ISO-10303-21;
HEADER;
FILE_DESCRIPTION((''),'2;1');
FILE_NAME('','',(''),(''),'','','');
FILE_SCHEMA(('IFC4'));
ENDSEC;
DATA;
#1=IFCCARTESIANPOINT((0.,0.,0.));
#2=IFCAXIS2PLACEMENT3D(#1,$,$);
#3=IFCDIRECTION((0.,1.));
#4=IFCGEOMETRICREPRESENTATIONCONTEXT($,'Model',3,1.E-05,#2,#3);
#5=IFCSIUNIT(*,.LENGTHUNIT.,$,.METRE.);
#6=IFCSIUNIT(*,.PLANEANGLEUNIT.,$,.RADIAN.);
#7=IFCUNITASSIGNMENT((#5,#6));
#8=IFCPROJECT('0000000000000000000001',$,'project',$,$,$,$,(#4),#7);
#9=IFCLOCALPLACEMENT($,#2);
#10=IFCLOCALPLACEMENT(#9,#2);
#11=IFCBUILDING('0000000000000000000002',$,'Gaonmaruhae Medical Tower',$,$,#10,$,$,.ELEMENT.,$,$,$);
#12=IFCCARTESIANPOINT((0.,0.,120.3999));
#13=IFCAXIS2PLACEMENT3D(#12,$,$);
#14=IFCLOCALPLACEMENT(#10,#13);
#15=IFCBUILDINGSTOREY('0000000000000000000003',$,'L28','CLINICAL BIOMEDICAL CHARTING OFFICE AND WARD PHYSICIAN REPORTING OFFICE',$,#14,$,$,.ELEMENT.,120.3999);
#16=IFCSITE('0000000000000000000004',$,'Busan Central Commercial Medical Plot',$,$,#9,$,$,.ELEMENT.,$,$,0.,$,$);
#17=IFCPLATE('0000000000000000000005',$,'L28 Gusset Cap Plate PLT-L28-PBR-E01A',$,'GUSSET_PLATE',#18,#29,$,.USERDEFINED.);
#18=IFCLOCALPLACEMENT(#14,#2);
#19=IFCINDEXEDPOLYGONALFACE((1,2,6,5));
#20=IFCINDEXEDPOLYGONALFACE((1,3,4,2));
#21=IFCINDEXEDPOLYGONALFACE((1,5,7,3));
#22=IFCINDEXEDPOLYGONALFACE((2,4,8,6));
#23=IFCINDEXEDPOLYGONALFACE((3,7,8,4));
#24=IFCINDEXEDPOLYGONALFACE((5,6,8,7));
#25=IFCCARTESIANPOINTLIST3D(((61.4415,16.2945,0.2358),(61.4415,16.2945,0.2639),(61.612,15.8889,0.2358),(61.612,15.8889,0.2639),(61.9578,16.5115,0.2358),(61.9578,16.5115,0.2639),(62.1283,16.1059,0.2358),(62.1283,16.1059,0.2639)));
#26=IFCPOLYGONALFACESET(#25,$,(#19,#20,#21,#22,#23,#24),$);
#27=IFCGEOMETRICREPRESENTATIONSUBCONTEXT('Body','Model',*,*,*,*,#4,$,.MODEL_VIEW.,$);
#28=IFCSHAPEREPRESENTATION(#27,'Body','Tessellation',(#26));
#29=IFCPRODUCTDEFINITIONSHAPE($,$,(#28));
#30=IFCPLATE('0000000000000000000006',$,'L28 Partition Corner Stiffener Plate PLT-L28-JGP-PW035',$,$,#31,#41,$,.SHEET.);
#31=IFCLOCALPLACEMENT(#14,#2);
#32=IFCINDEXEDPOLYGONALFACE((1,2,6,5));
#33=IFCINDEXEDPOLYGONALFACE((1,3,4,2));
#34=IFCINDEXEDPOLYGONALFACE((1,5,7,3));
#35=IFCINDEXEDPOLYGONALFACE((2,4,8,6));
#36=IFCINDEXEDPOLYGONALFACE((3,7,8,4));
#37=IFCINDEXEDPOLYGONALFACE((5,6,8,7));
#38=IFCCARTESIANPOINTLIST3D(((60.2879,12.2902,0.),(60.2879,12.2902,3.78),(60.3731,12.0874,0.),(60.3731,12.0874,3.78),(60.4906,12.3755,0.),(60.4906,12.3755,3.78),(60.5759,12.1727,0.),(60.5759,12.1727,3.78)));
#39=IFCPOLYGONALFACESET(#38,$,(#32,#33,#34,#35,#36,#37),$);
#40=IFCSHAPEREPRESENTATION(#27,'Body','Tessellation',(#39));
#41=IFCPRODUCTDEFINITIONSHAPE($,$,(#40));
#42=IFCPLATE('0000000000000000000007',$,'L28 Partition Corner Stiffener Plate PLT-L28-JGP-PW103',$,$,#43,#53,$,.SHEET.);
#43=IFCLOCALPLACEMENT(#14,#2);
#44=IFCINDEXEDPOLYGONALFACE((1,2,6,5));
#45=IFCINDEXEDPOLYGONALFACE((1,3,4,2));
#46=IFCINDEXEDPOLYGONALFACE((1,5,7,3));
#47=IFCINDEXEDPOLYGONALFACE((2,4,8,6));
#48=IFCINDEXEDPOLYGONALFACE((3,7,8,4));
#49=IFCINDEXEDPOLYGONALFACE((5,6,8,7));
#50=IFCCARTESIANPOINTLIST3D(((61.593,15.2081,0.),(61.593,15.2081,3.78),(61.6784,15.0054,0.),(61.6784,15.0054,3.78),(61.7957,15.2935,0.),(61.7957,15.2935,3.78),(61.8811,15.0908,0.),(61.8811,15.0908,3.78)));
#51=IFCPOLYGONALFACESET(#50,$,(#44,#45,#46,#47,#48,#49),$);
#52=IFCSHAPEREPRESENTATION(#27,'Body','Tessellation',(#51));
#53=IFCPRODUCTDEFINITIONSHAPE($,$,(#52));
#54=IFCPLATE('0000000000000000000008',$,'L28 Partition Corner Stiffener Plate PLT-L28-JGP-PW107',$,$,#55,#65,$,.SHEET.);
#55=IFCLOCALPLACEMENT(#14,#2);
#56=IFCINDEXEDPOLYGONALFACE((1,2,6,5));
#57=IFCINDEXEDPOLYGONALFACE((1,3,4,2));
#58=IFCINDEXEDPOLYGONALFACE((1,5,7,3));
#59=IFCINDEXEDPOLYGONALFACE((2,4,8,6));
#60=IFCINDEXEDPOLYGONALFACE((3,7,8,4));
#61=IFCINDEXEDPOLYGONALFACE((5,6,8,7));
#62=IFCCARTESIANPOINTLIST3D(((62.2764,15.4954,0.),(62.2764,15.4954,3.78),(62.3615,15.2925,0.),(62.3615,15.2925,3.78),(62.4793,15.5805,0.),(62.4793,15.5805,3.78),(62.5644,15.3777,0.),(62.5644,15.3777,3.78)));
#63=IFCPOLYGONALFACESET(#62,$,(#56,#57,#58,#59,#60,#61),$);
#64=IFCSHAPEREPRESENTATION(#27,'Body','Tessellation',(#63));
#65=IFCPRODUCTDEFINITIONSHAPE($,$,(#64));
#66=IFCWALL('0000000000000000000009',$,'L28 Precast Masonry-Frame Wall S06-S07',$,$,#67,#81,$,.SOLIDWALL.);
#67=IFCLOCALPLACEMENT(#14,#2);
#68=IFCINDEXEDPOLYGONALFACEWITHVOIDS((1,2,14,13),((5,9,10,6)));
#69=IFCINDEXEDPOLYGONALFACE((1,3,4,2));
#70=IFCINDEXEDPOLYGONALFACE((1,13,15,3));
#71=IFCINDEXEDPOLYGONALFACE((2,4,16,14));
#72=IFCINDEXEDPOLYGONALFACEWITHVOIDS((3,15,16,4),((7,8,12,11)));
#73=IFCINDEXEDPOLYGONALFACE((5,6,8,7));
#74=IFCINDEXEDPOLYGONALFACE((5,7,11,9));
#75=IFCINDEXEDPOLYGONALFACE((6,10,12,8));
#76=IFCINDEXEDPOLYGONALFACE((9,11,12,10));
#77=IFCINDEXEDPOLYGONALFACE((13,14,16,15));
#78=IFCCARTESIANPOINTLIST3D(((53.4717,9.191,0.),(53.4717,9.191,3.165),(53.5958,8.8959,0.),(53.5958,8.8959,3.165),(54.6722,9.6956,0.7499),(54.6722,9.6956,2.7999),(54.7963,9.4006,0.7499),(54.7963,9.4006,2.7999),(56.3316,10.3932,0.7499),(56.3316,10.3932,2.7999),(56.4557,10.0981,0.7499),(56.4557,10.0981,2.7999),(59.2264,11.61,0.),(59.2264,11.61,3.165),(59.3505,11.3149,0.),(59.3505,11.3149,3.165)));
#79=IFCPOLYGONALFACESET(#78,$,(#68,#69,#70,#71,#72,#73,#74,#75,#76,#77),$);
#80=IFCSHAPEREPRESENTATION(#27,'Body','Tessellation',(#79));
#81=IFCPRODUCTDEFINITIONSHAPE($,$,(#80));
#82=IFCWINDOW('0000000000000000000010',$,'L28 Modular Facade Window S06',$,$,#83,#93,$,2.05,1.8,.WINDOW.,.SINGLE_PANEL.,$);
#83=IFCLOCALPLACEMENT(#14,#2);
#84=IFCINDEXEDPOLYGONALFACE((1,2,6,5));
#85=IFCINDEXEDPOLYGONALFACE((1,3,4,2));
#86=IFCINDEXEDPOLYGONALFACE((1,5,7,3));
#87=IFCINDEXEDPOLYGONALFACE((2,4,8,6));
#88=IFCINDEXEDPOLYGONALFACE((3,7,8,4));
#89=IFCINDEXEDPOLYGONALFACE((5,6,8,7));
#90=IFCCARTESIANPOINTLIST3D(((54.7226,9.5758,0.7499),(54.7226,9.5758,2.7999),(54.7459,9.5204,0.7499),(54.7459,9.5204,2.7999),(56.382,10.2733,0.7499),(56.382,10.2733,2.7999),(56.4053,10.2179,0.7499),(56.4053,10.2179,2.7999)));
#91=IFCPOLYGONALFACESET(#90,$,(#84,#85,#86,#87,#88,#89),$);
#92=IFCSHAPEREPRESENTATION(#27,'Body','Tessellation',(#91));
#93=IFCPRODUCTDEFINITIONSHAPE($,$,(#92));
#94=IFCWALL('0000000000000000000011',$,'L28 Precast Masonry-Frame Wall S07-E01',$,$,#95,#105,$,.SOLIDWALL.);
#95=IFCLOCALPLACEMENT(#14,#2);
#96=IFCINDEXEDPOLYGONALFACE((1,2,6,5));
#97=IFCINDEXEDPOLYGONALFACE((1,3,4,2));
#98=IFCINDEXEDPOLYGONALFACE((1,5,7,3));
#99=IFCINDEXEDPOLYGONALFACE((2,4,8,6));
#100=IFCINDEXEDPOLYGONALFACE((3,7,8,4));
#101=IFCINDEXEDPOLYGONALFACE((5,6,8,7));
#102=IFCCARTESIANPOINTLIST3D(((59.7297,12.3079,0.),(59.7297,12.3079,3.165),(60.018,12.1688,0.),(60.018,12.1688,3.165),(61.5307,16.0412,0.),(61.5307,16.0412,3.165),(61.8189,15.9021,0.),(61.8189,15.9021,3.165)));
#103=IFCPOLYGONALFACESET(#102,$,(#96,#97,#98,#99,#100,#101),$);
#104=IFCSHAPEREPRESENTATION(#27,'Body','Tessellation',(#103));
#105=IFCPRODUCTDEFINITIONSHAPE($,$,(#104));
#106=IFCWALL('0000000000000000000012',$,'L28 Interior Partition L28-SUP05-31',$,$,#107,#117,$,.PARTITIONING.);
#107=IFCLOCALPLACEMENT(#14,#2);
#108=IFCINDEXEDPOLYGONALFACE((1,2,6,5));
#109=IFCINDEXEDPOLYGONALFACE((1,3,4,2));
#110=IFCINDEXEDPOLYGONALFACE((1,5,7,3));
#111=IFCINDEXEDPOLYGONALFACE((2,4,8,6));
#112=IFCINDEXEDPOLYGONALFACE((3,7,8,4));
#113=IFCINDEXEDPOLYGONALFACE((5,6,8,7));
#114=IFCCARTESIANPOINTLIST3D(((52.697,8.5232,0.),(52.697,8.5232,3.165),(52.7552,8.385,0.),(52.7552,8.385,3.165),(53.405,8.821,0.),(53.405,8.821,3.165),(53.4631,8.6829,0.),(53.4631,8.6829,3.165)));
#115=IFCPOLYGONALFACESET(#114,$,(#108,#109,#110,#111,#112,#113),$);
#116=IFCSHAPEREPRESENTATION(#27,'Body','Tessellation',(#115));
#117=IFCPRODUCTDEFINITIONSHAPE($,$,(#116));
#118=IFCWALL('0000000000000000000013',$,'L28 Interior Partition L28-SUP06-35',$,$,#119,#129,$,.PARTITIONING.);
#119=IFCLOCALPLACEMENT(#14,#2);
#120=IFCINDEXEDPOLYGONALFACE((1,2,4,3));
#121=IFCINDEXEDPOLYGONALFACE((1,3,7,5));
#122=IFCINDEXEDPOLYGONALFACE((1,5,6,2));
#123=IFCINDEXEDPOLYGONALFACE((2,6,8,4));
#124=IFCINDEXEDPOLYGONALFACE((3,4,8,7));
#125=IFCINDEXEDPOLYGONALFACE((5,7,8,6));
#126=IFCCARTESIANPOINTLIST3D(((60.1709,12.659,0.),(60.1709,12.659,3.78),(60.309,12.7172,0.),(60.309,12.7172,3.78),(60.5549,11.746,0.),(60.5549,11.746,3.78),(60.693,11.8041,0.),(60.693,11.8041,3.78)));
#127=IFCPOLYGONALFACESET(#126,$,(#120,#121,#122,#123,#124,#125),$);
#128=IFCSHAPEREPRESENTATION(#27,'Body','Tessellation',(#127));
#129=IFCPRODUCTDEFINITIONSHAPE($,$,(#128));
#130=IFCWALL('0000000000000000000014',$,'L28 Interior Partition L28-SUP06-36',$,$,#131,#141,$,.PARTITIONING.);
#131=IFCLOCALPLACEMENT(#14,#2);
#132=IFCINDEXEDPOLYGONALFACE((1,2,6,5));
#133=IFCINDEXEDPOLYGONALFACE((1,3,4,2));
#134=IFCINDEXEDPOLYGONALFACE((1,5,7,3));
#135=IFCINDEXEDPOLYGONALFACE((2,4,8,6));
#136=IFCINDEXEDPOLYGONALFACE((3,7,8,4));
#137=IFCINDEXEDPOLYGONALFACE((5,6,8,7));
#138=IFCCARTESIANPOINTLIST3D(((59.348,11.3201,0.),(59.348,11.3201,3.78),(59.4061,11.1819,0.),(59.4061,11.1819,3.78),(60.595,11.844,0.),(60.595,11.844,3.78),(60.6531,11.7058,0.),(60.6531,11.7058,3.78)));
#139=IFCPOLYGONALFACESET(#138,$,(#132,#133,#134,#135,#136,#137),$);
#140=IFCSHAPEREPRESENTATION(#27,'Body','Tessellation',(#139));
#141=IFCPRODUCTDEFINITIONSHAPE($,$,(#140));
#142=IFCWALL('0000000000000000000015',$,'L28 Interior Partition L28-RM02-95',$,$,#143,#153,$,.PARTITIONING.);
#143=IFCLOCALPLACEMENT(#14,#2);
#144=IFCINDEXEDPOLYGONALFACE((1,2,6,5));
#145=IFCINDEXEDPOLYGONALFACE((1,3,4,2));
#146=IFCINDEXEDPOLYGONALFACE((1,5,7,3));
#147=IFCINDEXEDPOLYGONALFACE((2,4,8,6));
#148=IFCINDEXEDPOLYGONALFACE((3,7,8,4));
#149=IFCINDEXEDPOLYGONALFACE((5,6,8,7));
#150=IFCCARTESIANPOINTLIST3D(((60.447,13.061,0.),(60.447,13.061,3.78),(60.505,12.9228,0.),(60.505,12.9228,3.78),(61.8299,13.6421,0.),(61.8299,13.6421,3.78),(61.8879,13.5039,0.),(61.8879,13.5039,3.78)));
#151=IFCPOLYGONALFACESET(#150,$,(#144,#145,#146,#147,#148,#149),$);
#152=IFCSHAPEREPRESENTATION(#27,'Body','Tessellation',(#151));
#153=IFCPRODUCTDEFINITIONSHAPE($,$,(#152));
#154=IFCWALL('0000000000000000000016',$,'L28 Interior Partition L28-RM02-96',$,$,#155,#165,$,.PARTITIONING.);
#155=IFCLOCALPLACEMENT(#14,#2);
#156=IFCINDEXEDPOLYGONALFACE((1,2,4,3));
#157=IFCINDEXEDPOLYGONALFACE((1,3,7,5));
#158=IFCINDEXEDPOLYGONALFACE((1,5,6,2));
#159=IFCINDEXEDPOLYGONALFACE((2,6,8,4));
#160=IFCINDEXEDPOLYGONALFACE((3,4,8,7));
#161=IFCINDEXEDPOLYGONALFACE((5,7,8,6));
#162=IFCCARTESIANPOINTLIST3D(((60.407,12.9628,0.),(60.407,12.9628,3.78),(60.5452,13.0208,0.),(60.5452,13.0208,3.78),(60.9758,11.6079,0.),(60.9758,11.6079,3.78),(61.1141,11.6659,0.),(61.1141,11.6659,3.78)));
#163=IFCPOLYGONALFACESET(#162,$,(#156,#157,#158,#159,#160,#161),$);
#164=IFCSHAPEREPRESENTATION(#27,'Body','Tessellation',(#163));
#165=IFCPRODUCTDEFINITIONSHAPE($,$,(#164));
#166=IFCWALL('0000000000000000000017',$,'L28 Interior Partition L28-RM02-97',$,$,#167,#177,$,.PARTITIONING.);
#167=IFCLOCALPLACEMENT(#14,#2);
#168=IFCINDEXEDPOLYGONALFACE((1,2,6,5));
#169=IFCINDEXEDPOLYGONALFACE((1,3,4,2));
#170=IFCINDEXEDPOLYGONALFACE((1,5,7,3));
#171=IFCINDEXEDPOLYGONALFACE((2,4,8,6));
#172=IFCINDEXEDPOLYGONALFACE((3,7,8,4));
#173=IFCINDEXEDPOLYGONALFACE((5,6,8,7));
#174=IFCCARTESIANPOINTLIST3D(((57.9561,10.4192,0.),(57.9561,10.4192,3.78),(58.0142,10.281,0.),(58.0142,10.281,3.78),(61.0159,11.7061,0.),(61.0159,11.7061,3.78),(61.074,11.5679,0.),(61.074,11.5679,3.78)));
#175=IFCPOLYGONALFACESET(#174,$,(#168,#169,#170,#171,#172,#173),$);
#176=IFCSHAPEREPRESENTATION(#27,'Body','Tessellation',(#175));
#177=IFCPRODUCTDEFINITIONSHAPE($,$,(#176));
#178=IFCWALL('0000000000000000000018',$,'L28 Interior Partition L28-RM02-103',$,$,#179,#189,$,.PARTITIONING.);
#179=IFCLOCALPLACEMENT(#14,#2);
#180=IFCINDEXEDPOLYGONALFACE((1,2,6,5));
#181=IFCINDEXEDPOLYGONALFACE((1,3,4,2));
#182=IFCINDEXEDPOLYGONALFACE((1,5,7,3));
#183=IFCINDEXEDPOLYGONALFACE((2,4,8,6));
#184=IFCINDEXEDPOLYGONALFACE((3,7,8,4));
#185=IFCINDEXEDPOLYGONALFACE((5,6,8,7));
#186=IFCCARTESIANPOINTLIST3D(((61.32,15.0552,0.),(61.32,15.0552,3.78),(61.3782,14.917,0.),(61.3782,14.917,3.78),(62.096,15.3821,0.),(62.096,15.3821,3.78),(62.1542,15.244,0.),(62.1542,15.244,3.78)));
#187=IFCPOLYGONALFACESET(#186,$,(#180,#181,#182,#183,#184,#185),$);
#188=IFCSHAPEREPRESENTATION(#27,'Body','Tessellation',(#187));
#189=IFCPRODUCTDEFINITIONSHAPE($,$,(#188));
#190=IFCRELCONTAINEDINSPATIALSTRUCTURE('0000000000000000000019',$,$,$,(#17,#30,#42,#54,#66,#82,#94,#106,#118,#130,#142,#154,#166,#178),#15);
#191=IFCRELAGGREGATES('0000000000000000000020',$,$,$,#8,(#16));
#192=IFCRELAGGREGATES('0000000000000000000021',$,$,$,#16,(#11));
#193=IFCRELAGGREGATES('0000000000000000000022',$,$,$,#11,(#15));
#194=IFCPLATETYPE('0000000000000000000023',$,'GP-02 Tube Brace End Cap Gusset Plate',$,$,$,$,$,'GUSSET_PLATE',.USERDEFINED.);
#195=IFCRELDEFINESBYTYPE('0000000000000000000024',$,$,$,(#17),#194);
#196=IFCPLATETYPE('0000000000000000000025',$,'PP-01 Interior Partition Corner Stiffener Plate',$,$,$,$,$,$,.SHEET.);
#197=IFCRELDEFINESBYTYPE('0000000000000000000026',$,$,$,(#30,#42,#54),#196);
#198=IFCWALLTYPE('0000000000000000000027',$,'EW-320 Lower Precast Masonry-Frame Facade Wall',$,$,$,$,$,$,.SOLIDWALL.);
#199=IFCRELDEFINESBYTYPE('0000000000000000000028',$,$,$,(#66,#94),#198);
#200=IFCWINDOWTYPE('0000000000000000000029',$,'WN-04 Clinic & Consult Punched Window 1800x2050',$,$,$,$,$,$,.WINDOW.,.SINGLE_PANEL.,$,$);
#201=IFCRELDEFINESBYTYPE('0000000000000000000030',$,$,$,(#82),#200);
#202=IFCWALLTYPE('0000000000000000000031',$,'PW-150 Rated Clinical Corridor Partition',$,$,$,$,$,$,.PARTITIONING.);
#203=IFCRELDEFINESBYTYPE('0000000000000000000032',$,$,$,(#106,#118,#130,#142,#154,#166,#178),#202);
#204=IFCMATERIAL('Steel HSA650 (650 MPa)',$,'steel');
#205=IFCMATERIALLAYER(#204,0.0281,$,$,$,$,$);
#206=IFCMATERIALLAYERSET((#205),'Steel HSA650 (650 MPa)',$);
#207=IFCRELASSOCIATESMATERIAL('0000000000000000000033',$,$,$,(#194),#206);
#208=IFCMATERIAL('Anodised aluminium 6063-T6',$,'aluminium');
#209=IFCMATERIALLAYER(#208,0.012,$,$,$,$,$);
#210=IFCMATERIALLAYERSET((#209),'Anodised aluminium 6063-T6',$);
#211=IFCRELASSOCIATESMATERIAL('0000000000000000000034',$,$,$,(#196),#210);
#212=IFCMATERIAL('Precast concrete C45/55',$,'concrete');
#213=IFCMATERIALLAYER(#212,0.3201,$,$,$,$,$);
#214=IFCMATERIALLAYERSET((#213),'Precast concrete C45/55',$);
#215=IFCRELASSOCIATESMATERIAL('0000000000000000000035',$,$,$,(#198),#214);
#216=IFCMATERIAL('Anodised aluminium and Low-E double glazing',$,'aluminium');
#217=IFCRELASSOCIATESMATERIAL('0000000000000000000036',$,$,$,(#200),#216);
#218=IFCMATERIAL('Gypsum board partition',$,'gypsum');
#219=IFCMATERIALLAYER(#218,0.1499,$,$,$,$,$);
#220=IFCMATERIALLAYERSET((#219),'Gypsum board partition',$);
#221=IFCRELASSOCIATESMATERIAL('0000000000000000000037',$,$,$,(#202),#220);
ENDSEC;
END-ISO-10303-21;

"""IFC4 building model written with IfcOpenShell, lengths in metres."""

from ifc_helpers import new_model, si_unit, direction, frame, frame_2d, origin, origin_2d, place, context, subcontext, project, spatial, rectangle, extrude, material, layer, layer_set, type_object, element, fill, save


model = new_model("IFC4")

# Units and contexts
model_context = context("Model", 3, precision=1e-05, world=origin(), true_north=direction((0.0, 1.0)))
body_context = subcontext(model_context, "Body", "Model", "MODEL_VIEW")
ifc_project = project(units=[si_unit("LENGTHUNIT", "METRE"), si_unit("PLANEANGLEUNIT", "RADIAN")], contexts=[model_context])

# Site, building, storey
site_placement = place(None, origin())
site = spatial("IfcSite", under=ifc_project, at=site_placement, Name="Busan Central Commercial Medical Plot", CompositionType="ELEMENT", RefElevation=0.0)
building_placement = place(site_placement, origin())
building = spatial("IfcBuilding", under=site, at=building_placement, Name="Gaonmaruhae Medical Tower", CompositionType="ELEMENT")
storey_placement = place(building_placement, frame((0.0, 0.0, 120.3999)))
storey = spatial("IfcBuildingStorey", under=building, at=storey_placement, Name="L28", Description="CLINICAL BIOMEDICAL CHARTING OFFICE AND WARD PHYSICIAN REPORTING OFFICE", CompositionType="ELEMENT", Elevation=120.3999)

# Plates
ifc_material_1 = material(Name="Steel HSA650 (650 MPa)", Category="steel")
ifc_layer_1 = layer(ifc_material_1, 0.0281)
ifc_layer_set_1 = layer_set([ifc_layer_1], Name="Steel HSA650 (650 MPa)")
plate_type_1 = type_object("IfcPlateType", Name="GP-02 Tube Brace End Cap Gusset Plate", ElementType="GUSSET_PLATE", PredefinedType="USERDEFINED", material=ifc_layer_set_1)
plate_placement = place(storey_placement, frame((61.7849, 16.2002, 0.2358), z_axis=(0.0, 0.0, 1.0), x_axis=(0.921863, 0.387516, 0.0)))
element("IfcPlate", 1, at=plate_placement, inside=storey, type_object=plate_type_1, Name="L28 Gusset Cap Plate PLT-L28-PBR-E01A", ObjectType="GUSSET_PLATE", PredefinedType="USERDEFINED", context=body_context, shape_type="SweptSolid", body=[
    extrude(rectangle(XDim=0.5601, YDim=0.4399, at=origin_2d()), origin(), (0.0, 0.0, 1.0), 0.0281),
])
ifc_material_2 = material(Name="Anodised aluminium 6063-T6", Category="aluminium")
ifc_layer_2 = layer(ifc_material_2, 0.012)
ifc_layer_set_2 = layer_set([ifc_layer_2], Name="Anodised aluminium 6063-T6")
plate_type_2 = type_object("IfcPlateType", Name="PP-01 Interior Partition Corner Stiffener Plate", PredefinedType="SHEET", material=ifc_layer_set_2)
for number, where, z_axis, x_axis, name in (
    (2, (60.4319, 12.2314, 0.0), (0.0, 0.0, 1.0), (0.387693, -0.921789, 0.0), "L28 Partition Corner Stiffener Plate PLT-L28-JGP-PW035"),
    (3, (61.7371, 15.1494, 0.0), (0.0, 0.0, 1.0), (-0.921525, -0.38832, 0.0), "L28 Partition Corner Stiffener Plate PLT-L28-JGP-PW103"),
    (4, (62.4204, 15.4365, 0.0), (0.0, 0.0, 1.0), (-0.922106, -0.386936, 0.0), "L28 Partition Corner Stiffener Plate PLT-L28-JGP-PW107"),
):
    element("IfcPlate", number, at=place(storey_placement, frame(where, z_axis=z_axis, x_axis=x_axis)), inside=storey, type_object=plate_type_2, Name=name, PredefinedType="SHEET", context=body_context, shape_type="SweptSolid", body=[
        extrude(rectangle(XDim=0.22, YDim=0.22, at=origin_2d()), origin(), (0.0, 0.0, 1.0), 3.78),
    ])

# Wall, opening, window
ifc_material_3 = material(Name="Precast concrete C45/55", Category="concrete")
ifc_layer_3 = layer(ifc_material_3, 0.3201)
ifc_layer_set_3 = layer_set([ifc_layer_3], Name="Precast concrete C45/55")
wall_type_1 = type_object("IfcWallType", Name="EW-320 Lower Precast Masonry-Frame Facade Wall", PredefinedType="SOLIDWALL", material=ifc_layer_set_3)
wall_1_placement = place(storey_placement, frame((59.2883, 11.4624, 0.0), z_axis=(0.0, 0.0, 1.0), x_axis=(-0.921868, -0.387504, 0.0)))
wall_1 = element("IfcWall", 5, at=wall_1_placement, inside=storey, type_object=wall_type_1, Name="L28 Precast Masonry-Frame Wall S06-S07", PredefinedType="SOLIDWALL", context=body_context, shape_type="SweptSolid", body=[
    extrude(rectangle(XDim=6.2424, YDim=0.3201, at=frame_2d((3.1211, 0.0))), origin(), (0.0, 0.0, 1.0), 3.165),
])
opening_placement = place(wall_1_placement, frame((3.1401, 0.0, 0.75)))
opening = element("IfcOpeningElement", 6, at=opening_placement, cuts=wall_1, PredefinedType="OPENING", context=body_context, shape_type="SweptSolid", body=[
    extrude(rectangle(XDim=1.8, YDim=2.05, at=frame_2d((0.8999, 1.0249))), frame((0.0, 0.1699, 0.0), z_axis=(0.0, -1.0, 0.0), x_axis=(1.0, 0.0, 0.0)), (0.0, 0.0, 1.0), 0.3401),
])
ifc_material_4 = material(Name="Anodised aluminium and Low-E double glazing", Category="aluminium")
window_type = type_object("IfcWindowType", Name="WN-04 Clinic & Consult Punched Window 1800x2050", PartitioningType="SINGLE_PANEL", PredefinedType="WINDOW", material=ifc_material_4)
window_placement = place(opening_placement, origin())
window = element("IfcWindow", 7, at=window_placement, inside=storey, type_object=window_type, Name="L28 Modular Facade Window S06", OverallHeight=2.05, OverallWidth=1.8, PartitioningType="SINGLE_PANEL", PredefinedType="WINDOW", context=body_context, shape_type="SweptSolid", body=[
    extrude(rectangle(XDim=1.8, YDim=2.05, at=frame_2d((0.8999, 1.0249))), frame((0.0, 0.03, 0.0), z_axis=(0.0, -1.0, 0.0), x_axis=(1.0, 0.0, 0.0)), (0.0, 0.0, 1.0), 0.0601),
])
fill(opening, window)

# Walls
wall_2_placement = place(storey_placement, frame((61.6748, 15.9717, 0.0), z_axis=(0.0, 0.0, 1.0), x_axis=(-0.434494, -0.900675, 0.0)))
element("IfcWall", 8, at=wall_2_placement, inside=storey, type_object=wall_type_1, Name="L28 Precast Masonry-Frame Wall S07-E01", PredefinedType="SOLIDWALL", context=body_context, shape_type="SweptSolid", body=[
    extrude(rectangle(XDim=4.145, YDim=0.3201, at=frame_2d((2.0725, 0.0))), origin(), (0.0, 0.0, 1.0), 3.165),
])
ifc_material_5 = material(Name="Gypsum board partition", Category="gypsum")
ifc_layer_4 = layer(ifc_material_5, 0.1499)
ifc_layer_set_4 = layer_set([ifc_layer_4], Name="Gypsum board partition")
wall_type_2 = type_object("IfcWallType", Name="PW-150 Rated Clinical Corridor Partition", PredefinedType="PARTITIONING", material=ifc_layer_set_4)
wall_3_placement = place(storey_placement, frame((53.4341, 8.752, 0.0), z_axis=(0.0, 0.0, 1.0), x_axis=(-0.921755, -0.387773, 0.0)))
element("IfcWall", 9, at=wall_3_placement, inside=storey, type_object=wall_type_2, Name="L28 Interior Partition L28-SUP05-31", PredefinedType="PARTITIONING", context=body_context, shape_type="SweptSolid", body=[
    extrude(rectangle(XDim=0.7681, YDim=0.1499, at=frame_2d((0.384, 0.0))), origin(), (0.0, 0.0, 1.0), 3.165),
])
wall_4_placement = place(storey_placement, frame((60.24, 12.688, 0.0), z_axis=(0.0, 0.0, 1.0), x_axis=(0.387693, -0.921788, 0.0)))
element("IfcWall", 10, at=wall_4_placement, inside=storey, type_object=wall_type_2, Name="L28 Interior Partition L28-SUP06-35", PredefinedType="PARTITIONING", context=body_context, shape_type="SweptSolid", body=[
    extrude(rectangle(XDim=0.9905, YDim=0.1499, at=frame_2d((0.4951, 0.0))), origin(), (0.0, 0.0, 1.0), 3.78),
])
wall_5_placement = place(storey_placement, frame((60.624, 11.7749, 0.0), z_axis=(0.0, 0.0, 1.0), x_axis=(-0.921941, -0.387331, 0.0)))
element("IfcWall", 11, at=wall_5_placement, inside=storey, type_object=wall_type_2, Name="L28 Interior Partition L28-SUP06-36", PredefinedType="PARTITIONING", context=body_context, shape_type="SweptSolid", body=[
    extrude(rectangle(XDim=1.3525, YDim=0.1499, at=frame_2d((0.6763, 0.0))), origin(), (0.0, 0.0, 1.0), 3.78),
])
wall_6_placement = place(storey_placement, frame((61.8589, 13.573, 0.0), z_axis=(0.0, 0.0, 1.0), x_axis=(-0.921917, -0.387387, 0.0)))
element("IfcWall", 12, at=wall_6_placement, inside=storey, type_object=wall_type_2, Name="L28 Interior Partition L28-RM02-95", PredefinedType="PARTITIONING", context=body_context, shape_type="SweptSolid", body=[
    extrude(rectangle(XDim=1.5, YDim=0.1499, at=frame_2d((0.75, 0.0))), origin(), (0.0, 0.0, 1.0), 3.78),
])
wall_7_placement = place(storey_placement, frame((60.4761, 12.9919, 0.0), z_axis=(0.0, 0.0, 1.0), x_axis=(0.387091, -0.922041, 0.0)))
element("IfcWall", 13, at=wall_7_placement, inside=storey, type_object=wall_type_2, Name="L28 Interior Partition L28-RM02-96", PredefinedType="PARTITIONING", context=body_context, shape_type="SweptSolid", body=[
    extrude(rectangle(XDim=1.4695, YDim=0.1499, at=frame_2d((0.7349, 0.0))), origin(), (0.0, 0.0, 1.0), 3.78),
])
wall_8_placement = place(storey_placement, frame((61.0449, 11.637, 0.0), z_axis=(0.0, 0.0, 1.0), x_axis=(-0.921795, -0.387679, 0.0)))
element("IfcWall", 14, at=wall_8_placement, inside=storey, type_object=wall_type_2, Name="L28 Interior Partition L28-RM02-97", PredefinedType="PARTITIONING", context=body_context, shape_type="SweptSolid", body=[
    extrude(rectangle(XDim=3.3193, YDim=0.1499, at=frame_2d((1.6597, 0.0))), origin(), (0.0, 0.0, 1.0), 3.78),
])
wall_9_placement = place(storey_placement, frame((62.125, 15.313, 0.0), z_axis=(0.0, 0.0, 1.0), x_axis=(-0.921543, -0.388277, 0.0)))
element("IfcWall", 15, at=wall_9_placement, inside=storey, type_object=wall_type_2, Name="L28 Interior Partition L28-RM02-103", PredefinedType="PARTITIONING", context=body_context, shape_type="SweptSolid", body=[
    extrude(rectangle(XDim=0.842, YDim=0.1499, at=frame_2d((0.4209, 0.0))), origin(), (0.0, 0.0, 1.0), 3.78),
])

save(model, "model.ifc")
